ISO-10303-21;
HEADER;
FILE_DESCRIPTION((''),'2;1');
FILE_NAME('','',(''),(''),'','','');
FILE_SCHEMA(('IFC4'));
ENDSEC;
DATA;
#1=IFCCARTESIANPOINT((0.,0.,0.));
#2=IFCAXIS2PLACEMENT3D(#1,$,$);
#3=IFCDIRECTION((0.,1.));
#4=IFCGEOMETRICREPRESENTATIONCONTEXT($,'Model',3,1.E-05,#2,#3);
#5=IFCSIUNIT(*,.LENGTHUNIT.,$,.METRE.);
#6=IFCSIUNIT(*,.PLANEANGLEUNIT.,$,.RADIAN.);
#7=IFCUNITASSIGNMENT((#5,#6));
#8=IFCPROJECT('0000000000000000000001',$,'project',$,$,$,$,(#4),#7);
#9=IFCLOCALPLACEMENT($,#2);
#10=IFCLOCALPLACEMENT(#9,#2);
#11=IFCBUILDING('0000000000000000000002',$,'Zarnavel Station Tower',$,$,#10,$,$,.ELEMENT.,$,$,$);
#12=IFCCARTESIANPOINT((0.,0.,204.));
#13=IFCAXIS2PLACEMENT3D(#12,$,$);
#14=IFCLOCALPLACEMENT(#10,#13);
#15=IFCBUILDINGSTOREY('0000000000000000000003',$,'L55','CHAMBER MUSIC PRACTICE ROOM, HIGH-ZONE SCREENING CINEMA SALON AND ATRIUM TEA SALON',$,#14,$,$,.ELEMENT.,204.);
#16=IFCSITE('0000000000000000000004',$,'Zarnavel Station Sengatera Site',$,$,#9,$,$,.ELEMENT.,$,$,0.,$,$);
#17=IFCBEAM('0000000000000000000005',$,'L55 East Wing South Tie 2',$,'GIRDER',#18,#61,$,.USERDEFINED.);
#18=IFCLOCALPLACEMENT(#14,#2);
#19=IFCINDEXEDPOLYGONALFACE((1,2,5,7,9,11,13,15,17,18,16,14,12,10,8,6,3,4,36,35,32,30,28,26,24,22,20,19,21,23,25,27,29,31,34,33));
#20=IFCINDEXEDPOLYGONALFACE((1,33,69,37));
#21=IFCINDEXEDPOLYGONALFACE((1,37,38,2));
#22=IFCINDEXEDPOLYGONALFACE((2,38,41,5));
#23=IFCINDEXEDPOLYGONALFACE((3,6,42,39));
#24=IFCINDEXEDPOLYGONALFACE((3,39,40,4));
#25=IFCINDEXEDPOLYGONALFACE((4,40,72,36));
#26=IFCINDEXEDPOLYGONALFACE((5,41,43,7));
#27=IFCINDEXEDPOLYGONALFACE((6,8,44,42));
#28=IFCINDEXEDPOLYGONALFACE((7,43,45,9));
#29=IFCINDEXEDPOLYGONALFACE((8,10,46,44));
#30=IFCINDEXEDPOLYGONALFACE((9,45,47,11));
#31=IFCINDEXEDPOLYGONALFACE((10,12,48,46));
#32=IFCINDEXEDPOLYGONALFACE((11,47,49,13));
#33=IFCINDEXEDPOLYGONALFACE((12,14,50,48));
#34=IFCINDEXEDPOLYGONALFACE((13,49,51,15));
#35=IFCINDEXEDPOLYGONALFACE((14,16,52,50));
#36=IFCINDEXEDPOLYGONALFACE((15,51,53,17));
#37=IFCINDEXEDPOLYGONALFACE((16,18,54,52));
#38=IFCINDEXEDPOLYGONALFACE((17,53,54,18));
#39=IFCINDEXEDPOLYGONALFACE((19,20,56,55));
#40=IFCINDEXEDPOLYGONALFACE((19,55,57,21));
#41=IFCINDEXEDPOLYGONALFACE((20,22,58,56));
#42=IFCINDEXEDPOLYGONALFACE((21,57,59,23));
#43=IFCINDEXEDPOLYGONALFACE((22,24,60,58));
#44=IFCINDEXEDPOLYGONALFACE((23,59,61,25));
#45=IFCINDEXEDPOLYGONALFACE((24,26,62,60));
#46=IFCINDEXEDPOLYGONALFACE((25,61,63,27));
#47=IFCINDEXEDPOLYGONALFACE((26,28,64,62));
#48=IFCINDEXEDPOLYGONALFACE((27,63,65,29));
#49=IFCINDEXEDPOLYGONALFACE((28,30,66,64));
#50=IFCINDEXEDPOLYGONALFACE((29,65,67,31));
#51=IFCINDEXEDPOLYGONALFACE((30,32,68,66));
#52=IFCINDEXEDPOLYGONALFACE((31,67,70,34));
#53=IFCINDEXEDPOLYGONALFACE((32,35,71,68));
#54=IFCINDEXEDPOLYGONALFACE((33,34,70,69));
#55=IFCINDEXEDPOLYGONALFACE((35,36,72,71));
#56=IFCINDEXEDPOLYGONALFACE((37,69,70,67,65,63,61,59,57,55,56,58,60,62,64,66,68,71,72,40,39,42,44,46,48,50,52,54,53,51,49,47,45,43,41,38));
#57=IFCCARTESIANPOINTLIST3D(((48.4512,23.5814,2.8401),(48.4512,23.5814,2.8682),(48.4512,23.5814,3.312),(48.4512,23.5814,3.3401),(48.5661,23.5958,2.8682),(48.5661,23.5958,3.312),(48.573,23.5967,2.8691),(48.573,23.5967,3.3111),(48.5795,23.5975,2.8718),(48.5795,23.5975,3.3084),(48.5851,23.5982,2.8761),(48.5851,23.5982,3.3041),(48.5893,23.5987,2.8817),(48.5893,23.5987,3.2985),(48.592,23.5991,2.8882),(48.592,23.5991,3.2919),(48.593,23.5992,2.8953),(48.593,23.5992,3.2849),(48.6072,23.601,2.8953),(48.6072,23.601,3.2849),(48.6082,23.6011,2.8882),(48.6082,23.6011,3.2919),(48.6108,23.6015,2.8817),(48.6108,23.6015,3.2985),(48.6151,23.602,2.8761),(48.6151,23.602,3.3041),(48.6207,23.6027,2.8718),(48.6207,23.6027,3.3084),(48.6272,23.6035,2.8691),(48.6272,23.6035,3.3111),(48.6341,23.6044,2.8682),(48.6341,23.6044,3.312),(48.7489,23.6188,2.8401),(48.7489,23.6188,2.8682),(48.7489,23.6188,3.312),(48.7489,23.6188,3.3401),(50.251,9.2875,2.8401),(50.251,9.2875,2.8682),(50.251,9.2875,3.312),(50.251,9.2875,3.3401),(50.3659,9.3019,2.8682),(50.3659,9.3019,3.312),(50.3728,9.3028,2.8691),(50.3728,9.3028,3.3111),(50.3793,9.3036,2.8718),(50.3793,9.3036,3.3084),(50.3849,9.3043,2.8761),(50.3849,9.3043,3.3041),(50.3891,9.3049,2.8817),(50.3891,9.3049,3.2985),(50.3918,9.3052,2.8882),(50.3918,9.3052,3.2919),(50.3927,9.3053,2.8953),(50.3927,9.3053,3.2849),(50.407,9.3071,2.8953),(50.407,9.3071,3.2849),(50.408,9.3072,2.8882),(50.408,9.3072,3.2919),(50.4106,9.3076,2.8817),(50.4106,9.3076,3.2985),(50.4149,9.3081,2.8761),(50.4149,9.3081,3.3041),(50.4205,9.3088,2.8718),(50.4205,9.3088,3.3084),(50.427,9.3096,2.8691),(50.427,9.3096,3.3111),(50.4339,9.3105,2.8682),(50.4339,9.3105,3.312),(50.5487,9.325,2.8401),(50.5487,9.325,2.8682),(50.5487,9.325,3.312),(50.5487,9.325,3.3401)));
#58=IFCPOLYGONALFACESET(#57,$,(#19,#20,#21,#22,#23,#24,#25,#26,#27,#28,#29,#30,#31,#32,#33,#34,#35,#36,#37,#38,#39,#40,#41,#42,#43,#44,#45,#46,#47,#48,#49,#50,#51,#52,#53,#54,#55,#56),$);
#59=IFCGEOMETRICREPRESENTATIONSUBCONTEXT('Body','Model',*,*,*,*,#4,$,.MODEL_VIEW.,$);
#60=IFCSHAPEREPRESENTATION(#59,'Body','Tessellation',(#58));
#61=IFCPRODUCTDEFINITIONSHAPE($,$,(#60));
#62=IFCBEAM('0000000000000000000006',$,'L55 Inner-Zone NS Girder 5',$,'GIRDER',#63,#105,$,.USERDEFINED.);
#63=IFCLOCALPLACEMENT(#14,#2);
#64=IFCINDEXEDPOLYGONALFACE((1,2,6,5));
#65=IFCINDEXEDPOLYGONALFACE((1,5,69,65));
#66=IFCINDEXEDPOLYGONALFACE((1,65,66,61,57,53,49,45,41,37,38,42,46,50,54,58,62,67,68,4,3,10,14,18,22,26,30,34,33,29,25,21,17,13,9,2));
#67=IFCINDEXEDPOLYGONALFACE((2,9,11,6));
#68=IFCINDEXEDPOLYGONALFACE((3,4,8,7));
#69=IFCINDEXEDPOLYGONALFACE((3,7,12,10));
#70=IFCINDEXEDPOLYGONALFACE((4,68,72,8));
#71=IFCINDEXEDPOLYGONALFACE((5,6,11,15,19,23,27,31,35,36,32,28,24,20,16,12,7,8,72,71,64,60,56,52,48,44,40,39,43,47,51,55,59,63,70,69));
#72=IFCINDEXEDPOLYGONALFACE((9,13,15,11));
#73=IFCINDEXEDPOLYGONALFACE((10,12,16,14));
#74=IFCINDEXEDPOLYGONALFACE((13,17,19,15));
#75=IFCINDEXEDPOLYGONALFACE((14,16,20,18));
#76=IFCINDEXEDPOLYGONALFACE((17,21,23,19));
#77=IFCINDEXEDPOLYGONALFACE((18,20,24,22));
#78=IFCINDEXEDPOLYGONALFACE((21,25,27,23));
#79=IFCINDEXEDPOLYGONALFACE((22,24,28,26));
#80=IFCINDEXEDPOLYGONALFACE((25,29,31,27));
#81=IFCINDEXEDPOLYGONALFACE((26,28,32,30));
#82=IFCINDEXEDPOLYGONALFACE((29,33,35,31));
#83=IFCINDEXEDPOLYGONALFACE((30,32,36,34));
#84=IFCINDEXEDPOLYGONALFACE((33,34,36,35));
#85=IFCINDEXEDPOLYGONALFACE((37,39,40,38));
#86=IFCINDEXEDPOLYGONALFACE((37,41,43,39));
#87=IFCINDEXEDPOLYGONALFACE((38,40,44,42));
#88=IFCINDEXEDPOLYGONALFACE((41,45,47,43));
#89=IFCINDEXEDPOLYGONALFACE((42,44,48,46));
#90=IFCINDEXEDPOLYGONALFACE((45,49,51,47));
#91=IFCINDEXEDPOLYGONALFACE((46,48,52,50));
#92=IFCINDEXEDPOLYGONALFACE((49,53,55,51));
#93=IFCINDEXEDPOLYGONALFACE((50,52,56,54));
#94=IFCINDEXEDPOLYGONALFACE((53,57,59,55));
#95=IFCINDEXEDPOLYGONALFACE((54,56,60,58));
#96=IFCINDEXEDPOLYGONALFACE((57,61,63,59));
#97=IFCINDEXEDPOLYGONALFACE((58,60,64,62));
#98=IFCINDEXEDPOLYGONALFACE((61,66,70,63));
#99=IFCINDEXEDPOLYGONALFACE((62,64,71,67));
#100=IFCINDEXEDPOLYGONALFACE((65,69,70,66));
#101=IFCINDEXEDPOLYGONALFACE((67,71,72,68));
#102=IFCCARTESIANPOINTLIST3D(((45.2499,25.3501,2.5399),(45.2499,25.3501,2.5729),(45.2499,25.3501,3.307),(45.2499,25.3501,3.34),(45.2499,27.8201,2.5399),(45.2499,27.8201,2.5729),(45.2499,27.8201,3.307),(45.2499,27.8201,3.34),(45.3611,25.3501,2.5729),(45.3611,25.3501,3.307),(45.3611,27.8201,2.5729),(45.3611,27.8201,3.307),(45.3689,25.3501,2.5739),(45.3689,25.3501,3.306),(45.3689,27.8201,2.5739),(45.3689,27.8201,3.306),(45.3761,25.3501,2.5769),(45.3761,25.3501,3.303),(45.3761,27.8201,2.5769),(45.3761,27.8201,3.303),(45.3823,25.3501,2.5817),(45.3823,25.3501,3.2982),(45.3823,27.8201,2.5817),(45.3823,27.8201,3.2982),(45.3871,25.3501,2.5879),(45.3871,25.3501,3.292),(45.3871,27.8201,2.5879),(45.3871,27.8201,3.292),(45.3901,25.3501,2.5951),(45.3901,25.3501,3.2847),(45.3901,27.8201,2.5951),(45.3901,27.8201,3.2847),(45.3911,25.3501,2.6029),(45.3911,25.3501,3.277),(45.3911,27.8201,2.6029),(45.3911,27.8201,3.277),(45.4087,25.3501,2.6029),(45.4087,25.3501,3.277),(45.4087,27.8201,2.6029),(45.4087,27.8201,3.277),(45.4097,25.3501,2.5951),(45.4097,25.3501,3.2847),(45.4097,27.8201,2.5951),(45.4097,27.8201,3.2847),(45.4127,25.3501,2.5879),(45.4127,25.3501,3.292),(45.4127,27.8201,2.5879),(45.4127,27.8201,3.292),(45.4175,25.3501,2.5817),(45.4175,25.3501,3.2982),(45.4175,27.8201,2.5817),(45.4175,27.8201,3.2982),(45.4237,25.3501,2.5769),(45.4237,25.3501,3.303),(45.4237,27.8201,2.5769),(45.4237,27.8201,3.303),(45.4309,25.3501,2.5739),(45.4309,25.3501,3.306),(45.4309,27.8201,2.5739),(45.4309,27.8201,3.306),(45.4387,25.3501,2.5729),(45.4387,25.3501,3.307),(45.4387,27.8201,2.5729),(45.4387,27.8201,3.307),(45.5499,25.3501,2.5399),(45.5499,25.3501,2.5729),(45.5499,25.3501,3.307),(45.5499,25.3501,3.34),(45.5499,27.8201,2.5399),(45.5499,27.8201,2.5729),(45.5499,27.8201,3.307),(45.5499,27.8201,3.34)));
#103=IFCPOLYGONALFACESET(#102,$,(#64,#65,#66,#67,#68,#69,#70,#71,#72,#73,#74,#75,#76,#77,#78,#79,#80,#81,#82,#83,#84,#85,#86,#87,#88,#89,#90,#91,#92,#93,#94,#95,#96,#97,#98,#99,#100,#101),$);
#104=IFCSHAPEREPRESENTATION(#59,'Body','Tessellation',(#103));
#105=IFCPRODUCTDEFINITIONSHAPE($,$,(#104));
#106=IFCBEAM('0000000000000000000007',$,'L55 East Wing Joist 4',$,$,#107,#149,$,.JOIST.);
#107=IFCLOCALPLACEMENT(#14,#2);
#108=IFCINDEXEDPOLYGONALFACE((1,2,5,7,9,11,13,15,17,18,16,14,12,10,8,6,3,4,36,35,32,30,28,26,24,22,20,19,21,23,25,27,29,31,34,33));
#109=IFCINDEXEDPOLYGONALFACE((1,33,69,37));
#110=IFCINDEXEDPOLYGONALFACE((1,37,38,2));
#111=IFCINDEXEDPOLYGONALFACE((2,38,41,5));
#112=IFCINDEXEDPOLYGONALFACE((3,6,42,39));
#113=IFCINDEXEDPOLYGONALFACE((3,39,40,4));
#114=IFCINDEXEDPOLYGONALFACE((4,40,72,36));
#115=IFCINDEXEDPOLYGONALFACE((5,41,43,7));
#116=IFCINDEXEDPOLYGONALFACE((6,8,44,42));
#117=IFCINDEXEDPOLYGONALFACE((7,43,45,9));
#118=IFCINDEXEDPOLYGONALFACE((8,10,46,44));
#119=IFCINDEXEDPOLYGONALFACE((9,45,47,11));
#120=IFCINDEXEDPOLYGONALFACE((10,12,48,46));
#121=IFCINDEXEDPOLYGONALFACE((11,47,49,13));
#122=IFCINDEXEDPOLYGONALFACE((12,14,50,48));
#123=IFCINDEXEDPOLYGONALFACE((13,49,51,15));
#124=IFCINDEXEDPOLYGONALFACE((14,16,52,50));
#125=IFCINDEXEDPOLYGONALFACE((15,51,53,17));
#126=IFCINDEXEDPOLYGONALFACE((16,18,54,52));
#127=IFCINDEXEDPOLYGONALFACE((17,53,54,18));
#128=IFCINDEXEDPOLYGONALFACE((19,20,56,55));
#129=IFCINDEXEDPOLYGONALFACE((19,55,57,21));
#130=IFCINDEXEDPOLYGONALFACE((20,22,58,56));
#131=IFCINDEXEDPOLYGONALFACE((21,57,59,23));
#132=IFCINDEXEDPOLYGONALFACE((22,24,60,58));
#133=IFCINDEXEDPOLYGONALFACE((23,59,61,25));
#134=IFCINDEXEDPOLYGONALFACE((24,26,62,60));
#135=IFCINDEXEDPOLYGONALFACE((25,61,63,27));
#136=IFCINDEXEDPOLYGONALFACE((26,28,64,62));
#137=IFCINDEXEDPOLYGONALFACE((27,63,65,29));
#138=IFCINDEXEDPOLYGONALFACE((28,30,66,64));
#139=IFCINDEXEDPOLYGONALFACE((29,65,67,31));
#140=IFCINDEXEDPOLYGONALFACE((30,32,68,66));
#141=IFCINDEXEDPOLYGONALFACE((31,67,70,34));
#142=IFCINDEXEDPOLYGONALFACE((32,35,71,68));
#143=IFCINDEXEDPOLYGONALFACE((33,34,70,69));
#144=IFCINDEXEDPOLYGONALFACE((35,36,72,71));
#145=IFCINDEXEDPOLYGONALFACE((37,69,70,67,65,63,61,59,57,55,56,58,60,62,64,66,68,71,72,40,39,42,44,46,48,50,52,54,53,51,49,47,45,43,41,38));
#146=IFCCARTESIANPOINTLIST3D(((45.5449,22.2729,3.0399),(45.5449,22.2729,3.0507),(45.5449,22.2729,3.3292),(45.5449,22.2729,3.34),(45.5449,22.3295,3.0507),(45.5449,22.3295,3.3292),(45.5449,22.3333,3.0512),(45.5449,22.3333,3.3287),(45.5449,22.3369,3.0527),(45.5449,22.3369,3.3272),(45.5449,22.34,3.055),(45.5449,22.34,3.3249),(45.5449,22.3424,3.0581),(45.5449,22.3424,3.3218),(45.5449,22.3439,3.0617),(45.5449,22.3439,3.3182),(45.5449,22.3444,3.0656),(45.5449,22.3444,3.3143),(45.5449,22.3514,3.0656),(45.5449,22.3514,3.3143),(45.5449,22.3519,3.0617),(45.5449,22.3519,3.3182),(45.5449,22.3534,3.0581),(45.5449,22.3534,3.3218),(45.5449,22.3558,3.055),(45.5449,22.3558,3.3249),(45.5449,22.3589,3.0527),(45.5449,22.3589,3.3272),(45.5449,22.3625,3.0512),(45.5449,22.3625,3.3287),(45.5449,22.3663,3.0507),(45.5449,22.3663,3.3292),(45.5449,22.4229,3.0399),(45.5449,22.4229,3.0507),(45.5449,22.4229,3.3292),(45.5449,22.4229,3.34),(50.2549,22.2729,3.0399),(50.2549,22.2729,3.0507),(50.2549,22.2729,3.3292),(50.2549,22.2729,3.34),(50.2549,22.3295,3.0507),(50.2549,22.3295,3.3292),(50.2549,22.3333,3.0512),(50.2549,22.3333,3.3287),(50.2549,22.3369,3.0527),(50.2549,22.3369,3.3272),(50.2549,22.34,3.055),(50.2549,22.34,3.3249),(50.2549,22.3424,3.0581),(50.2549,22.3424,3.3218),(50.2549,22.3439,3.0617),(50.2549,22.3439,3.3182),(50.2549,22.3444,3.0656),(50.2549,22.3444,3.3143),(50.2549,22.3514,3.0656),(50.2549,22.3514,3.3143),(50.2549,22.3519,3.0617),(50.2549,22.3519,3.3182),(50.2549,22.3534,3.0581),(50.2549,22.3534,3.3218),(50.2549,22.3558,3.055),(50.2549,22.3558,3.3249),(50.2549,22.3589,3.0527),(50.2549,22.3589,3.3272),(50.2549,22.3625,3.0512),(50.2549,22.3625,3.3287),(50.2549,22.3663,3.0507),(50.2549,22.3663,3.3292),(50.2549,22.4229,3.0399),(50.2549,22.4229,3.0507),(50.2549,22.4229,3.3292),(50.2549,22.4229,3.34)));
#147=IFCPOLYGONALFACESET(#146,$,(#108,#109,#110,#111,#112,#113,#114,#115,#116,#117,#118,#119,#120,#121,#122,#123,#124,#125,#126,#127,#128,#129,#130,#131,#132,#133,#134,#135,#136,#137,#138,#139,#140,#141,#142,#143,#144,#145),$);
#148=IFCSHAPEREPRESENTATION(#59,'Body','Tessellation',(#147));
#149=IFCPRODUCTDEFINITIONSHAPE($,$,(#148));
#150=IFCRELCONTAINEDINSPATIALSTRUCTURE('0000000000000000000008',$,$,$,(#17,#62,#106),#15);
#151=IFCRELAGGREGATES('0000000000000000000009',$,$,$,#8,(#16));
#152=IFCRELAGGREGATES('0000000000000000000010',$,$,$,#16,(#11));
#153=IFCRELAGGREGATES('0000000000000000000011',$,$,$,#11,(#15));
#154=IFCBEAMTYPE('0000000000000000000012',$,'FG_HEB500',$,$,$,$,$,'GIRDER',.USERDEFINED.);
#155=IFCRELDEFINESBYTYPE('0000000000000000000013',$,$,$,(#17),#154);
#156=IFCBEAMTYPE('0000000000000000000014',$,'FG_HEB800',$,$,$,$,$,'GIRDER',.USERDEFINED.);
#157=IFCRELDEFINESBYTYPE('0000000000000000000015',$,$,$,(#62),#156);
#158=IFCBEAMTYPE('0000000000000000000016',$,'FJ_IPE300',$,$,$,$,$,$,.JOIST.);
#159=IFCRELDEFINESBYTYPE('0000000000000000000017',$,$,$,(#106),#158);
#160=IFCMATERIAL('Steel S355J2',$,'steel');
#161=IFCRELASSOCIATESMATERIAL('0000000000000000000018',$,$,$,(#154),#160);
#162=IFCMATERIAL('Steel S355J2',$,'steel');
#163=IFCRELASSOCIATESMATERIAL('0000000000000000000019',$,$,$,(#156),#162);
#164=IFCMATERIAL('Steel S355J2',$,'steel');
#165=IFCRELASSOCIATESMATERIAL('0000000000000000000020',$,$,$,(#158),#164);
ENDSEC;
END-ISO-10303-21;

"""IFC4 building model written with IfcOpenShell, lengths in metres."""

from ifc_helpers import new_model, si_unit, direction, frame, origin, origin_2d, place, context, subcontext, project, spatial, i_section, extrude, material, material_profile, profile_set, type_object, element, save


model = new_model("IFC4")

# Units and contexts
model_context = context("Model", 3, precision=1e-05, world=origin(), true_north=direction((0.0, 1.0)))
body_context = subcontext(model_context, "Body", "Model", "MODEL_VIEW")
ifc_project = project(units=[si_unit("LENGTHUNIT", "METRE"), si_unit("PLANEANGLEUNIT", "RADIAN")], contexts=[model_context])

# Site, building, storey
site_placement = place(None, origin())
site = spatial("IfcSite", under=ifc_project, at=site_placement, Name="Zarnavel Station Sengatera Site", CompositionType="ELEMENT", RefElevation=0.0)
building_placement = place(site_placement, origin())
building = spatial("IfcBuilding", under=site, at=building_placement, Name="Zarnavel Station Tower", CompositionType="ELEMENT")
storey_placement = place(building_placement, frame((0.0, 0.0, 204.0)))
storey = spatial("IfcBuildingStorey", under=building, at=storey_placement, Name="L55", Description="CHAMBER MUSIC PRACTICE ROOM, HIGH-ZONE SCREENING CINEMA SALON AND ATRIUM TEA SALON", CompositionType="ELEMENT", Elevation=204.0)

# Beams
ifc_material_1 = material(Name="Steel S355J2", Category="steel")
ifc_material_profile_1 = material_profile(ifc_material_1, i_section(OverallWidth=0.3, OverallDepth=0.5, WebThickness=0.0144, FlangeThickness=0.0281, FilletRadius=0.0271, at=origin_2d()), Name="HEB500")
ifc_profile_set_1 = profile_set([ifc_material_profile_1], Name="Steel S355J2")
beam_type_1 = type_object("IfcBeamType", Name="FG_HEB500", ElementType="GIRDER", PredefinedType="USERDEFINED", material=ifc_profile_set_1)
beam_1_placement = place(storey_placement, frame((48.6001, 23.6001, 3.0901), z_axis=(0.124927, -0.992166, 0.0), x_axis=(0.992166, 0.124927, 0.0)))
element("IfcBeam", 1, at=beam_1_placement, inside=storey, type_object=beam_type_1, Name="L55 East Wing South Tie 2", ObjectType="GIRDER", PredefinedType="USERDEFINED", context=body_context, shape_type="SweptSolid", body=[
    extrude(i_section(OverallWidth=0.3, OverallDepth=0.5, WebThickness=0.0144, FlangeThickness=0.0281, FilletRadius=0.0271, at=origin_2d()), origin(), (0.0, 0.0, 1.0), 14.4067),
])
ifc_material_2 = material(Name="Steel S355J2", Category="steel")
ifc_material_profile_2 = material_profile(ifc_material_2, i_section(OverallWidth=0.3, OverallDepth=0.8, WebThickness=0.0176, FlangeThickness=0.033, FilletRadius=0.03, at=origin_2d()), Name="HEB800")
ifc_profile_set_2 = profile_set([ifc_material_profile_2], Name="Steel S355J2")
beam_type_2 = type_object("IfcBeamType", Name="FG_HEB800", ElementType="GIRDER", PredefinedType="USERDEFINED", material=ifc_profile_set_2)
beam_2_placement = place(storey_placement, frame((45.3999, 25.3501, 2.9399), z_axis=(0.0, 1.0, 0.0), x_axis=(-1.0, 0.0, 0.0)))
element("IfcBeam", 2, at=beam_2_placement, inside=storey, type_object=beam_type_2, Name="L55 Inner-Zone NS Girder 5", ObjectType="GIRDER", PredefinedType="USERDEFINED", context=body_context, shape_type="SweptSolid", body=[
    extrude(i_section(OverallWidth=0.3, OverallDepth=0.8, WebThickness=0.0176, FlangeThickness=0.033, FilletRadius=0.03, at=origin_2d()), origin(), (0.0, 0.0, 1.0), 2.47),
])
ifc_material_3 = material(Name="Steel S355J2", Category="steel")
ifc_material_profile_3 = material_profile(ifc_material_3, i_section(OverallWidth=0.1499, OverallDepth=0.3, WebThickness=0.0071, FlangeThickness=0.0107, FilletRadius=0.0149, at=origin_2d()), Name="IPE300")
ifc_profile_set_3 = profile_set([ifc_material_profile_3], Name="Steel S355J2")
beam_type_3 = type_object("IfcBeamType", Name="FJ_IPE300", PredefinedType="JOIST", material=ifc_profile_set_3)
beam_3_placement = place(storey_placement, frame((45.5449, 22.3479, 3.1899), z_axis=(1.0, 0.0, 0.0), x_axis=(0.0, 1.0, 0.0)))
element("IfcBeam", 3, at=beam_3_placement, inside=storey, type_object=beam_type_3, Name="L55 East Wing Joist 4", PredefinedType="JOIST", context=body_context, shape_type="SweptSolid", body=[
    extrude(i_section(OverallWidth=0.1499, OverallDepth=0.3, WebThickness=0.0071, FlangeThickness=0.0107, FilletRadius=0.0149, at=origin_2d()), origin(), (0.0, 0.0, 1.0), 4.71),
])

save(model, "model.ifc")
